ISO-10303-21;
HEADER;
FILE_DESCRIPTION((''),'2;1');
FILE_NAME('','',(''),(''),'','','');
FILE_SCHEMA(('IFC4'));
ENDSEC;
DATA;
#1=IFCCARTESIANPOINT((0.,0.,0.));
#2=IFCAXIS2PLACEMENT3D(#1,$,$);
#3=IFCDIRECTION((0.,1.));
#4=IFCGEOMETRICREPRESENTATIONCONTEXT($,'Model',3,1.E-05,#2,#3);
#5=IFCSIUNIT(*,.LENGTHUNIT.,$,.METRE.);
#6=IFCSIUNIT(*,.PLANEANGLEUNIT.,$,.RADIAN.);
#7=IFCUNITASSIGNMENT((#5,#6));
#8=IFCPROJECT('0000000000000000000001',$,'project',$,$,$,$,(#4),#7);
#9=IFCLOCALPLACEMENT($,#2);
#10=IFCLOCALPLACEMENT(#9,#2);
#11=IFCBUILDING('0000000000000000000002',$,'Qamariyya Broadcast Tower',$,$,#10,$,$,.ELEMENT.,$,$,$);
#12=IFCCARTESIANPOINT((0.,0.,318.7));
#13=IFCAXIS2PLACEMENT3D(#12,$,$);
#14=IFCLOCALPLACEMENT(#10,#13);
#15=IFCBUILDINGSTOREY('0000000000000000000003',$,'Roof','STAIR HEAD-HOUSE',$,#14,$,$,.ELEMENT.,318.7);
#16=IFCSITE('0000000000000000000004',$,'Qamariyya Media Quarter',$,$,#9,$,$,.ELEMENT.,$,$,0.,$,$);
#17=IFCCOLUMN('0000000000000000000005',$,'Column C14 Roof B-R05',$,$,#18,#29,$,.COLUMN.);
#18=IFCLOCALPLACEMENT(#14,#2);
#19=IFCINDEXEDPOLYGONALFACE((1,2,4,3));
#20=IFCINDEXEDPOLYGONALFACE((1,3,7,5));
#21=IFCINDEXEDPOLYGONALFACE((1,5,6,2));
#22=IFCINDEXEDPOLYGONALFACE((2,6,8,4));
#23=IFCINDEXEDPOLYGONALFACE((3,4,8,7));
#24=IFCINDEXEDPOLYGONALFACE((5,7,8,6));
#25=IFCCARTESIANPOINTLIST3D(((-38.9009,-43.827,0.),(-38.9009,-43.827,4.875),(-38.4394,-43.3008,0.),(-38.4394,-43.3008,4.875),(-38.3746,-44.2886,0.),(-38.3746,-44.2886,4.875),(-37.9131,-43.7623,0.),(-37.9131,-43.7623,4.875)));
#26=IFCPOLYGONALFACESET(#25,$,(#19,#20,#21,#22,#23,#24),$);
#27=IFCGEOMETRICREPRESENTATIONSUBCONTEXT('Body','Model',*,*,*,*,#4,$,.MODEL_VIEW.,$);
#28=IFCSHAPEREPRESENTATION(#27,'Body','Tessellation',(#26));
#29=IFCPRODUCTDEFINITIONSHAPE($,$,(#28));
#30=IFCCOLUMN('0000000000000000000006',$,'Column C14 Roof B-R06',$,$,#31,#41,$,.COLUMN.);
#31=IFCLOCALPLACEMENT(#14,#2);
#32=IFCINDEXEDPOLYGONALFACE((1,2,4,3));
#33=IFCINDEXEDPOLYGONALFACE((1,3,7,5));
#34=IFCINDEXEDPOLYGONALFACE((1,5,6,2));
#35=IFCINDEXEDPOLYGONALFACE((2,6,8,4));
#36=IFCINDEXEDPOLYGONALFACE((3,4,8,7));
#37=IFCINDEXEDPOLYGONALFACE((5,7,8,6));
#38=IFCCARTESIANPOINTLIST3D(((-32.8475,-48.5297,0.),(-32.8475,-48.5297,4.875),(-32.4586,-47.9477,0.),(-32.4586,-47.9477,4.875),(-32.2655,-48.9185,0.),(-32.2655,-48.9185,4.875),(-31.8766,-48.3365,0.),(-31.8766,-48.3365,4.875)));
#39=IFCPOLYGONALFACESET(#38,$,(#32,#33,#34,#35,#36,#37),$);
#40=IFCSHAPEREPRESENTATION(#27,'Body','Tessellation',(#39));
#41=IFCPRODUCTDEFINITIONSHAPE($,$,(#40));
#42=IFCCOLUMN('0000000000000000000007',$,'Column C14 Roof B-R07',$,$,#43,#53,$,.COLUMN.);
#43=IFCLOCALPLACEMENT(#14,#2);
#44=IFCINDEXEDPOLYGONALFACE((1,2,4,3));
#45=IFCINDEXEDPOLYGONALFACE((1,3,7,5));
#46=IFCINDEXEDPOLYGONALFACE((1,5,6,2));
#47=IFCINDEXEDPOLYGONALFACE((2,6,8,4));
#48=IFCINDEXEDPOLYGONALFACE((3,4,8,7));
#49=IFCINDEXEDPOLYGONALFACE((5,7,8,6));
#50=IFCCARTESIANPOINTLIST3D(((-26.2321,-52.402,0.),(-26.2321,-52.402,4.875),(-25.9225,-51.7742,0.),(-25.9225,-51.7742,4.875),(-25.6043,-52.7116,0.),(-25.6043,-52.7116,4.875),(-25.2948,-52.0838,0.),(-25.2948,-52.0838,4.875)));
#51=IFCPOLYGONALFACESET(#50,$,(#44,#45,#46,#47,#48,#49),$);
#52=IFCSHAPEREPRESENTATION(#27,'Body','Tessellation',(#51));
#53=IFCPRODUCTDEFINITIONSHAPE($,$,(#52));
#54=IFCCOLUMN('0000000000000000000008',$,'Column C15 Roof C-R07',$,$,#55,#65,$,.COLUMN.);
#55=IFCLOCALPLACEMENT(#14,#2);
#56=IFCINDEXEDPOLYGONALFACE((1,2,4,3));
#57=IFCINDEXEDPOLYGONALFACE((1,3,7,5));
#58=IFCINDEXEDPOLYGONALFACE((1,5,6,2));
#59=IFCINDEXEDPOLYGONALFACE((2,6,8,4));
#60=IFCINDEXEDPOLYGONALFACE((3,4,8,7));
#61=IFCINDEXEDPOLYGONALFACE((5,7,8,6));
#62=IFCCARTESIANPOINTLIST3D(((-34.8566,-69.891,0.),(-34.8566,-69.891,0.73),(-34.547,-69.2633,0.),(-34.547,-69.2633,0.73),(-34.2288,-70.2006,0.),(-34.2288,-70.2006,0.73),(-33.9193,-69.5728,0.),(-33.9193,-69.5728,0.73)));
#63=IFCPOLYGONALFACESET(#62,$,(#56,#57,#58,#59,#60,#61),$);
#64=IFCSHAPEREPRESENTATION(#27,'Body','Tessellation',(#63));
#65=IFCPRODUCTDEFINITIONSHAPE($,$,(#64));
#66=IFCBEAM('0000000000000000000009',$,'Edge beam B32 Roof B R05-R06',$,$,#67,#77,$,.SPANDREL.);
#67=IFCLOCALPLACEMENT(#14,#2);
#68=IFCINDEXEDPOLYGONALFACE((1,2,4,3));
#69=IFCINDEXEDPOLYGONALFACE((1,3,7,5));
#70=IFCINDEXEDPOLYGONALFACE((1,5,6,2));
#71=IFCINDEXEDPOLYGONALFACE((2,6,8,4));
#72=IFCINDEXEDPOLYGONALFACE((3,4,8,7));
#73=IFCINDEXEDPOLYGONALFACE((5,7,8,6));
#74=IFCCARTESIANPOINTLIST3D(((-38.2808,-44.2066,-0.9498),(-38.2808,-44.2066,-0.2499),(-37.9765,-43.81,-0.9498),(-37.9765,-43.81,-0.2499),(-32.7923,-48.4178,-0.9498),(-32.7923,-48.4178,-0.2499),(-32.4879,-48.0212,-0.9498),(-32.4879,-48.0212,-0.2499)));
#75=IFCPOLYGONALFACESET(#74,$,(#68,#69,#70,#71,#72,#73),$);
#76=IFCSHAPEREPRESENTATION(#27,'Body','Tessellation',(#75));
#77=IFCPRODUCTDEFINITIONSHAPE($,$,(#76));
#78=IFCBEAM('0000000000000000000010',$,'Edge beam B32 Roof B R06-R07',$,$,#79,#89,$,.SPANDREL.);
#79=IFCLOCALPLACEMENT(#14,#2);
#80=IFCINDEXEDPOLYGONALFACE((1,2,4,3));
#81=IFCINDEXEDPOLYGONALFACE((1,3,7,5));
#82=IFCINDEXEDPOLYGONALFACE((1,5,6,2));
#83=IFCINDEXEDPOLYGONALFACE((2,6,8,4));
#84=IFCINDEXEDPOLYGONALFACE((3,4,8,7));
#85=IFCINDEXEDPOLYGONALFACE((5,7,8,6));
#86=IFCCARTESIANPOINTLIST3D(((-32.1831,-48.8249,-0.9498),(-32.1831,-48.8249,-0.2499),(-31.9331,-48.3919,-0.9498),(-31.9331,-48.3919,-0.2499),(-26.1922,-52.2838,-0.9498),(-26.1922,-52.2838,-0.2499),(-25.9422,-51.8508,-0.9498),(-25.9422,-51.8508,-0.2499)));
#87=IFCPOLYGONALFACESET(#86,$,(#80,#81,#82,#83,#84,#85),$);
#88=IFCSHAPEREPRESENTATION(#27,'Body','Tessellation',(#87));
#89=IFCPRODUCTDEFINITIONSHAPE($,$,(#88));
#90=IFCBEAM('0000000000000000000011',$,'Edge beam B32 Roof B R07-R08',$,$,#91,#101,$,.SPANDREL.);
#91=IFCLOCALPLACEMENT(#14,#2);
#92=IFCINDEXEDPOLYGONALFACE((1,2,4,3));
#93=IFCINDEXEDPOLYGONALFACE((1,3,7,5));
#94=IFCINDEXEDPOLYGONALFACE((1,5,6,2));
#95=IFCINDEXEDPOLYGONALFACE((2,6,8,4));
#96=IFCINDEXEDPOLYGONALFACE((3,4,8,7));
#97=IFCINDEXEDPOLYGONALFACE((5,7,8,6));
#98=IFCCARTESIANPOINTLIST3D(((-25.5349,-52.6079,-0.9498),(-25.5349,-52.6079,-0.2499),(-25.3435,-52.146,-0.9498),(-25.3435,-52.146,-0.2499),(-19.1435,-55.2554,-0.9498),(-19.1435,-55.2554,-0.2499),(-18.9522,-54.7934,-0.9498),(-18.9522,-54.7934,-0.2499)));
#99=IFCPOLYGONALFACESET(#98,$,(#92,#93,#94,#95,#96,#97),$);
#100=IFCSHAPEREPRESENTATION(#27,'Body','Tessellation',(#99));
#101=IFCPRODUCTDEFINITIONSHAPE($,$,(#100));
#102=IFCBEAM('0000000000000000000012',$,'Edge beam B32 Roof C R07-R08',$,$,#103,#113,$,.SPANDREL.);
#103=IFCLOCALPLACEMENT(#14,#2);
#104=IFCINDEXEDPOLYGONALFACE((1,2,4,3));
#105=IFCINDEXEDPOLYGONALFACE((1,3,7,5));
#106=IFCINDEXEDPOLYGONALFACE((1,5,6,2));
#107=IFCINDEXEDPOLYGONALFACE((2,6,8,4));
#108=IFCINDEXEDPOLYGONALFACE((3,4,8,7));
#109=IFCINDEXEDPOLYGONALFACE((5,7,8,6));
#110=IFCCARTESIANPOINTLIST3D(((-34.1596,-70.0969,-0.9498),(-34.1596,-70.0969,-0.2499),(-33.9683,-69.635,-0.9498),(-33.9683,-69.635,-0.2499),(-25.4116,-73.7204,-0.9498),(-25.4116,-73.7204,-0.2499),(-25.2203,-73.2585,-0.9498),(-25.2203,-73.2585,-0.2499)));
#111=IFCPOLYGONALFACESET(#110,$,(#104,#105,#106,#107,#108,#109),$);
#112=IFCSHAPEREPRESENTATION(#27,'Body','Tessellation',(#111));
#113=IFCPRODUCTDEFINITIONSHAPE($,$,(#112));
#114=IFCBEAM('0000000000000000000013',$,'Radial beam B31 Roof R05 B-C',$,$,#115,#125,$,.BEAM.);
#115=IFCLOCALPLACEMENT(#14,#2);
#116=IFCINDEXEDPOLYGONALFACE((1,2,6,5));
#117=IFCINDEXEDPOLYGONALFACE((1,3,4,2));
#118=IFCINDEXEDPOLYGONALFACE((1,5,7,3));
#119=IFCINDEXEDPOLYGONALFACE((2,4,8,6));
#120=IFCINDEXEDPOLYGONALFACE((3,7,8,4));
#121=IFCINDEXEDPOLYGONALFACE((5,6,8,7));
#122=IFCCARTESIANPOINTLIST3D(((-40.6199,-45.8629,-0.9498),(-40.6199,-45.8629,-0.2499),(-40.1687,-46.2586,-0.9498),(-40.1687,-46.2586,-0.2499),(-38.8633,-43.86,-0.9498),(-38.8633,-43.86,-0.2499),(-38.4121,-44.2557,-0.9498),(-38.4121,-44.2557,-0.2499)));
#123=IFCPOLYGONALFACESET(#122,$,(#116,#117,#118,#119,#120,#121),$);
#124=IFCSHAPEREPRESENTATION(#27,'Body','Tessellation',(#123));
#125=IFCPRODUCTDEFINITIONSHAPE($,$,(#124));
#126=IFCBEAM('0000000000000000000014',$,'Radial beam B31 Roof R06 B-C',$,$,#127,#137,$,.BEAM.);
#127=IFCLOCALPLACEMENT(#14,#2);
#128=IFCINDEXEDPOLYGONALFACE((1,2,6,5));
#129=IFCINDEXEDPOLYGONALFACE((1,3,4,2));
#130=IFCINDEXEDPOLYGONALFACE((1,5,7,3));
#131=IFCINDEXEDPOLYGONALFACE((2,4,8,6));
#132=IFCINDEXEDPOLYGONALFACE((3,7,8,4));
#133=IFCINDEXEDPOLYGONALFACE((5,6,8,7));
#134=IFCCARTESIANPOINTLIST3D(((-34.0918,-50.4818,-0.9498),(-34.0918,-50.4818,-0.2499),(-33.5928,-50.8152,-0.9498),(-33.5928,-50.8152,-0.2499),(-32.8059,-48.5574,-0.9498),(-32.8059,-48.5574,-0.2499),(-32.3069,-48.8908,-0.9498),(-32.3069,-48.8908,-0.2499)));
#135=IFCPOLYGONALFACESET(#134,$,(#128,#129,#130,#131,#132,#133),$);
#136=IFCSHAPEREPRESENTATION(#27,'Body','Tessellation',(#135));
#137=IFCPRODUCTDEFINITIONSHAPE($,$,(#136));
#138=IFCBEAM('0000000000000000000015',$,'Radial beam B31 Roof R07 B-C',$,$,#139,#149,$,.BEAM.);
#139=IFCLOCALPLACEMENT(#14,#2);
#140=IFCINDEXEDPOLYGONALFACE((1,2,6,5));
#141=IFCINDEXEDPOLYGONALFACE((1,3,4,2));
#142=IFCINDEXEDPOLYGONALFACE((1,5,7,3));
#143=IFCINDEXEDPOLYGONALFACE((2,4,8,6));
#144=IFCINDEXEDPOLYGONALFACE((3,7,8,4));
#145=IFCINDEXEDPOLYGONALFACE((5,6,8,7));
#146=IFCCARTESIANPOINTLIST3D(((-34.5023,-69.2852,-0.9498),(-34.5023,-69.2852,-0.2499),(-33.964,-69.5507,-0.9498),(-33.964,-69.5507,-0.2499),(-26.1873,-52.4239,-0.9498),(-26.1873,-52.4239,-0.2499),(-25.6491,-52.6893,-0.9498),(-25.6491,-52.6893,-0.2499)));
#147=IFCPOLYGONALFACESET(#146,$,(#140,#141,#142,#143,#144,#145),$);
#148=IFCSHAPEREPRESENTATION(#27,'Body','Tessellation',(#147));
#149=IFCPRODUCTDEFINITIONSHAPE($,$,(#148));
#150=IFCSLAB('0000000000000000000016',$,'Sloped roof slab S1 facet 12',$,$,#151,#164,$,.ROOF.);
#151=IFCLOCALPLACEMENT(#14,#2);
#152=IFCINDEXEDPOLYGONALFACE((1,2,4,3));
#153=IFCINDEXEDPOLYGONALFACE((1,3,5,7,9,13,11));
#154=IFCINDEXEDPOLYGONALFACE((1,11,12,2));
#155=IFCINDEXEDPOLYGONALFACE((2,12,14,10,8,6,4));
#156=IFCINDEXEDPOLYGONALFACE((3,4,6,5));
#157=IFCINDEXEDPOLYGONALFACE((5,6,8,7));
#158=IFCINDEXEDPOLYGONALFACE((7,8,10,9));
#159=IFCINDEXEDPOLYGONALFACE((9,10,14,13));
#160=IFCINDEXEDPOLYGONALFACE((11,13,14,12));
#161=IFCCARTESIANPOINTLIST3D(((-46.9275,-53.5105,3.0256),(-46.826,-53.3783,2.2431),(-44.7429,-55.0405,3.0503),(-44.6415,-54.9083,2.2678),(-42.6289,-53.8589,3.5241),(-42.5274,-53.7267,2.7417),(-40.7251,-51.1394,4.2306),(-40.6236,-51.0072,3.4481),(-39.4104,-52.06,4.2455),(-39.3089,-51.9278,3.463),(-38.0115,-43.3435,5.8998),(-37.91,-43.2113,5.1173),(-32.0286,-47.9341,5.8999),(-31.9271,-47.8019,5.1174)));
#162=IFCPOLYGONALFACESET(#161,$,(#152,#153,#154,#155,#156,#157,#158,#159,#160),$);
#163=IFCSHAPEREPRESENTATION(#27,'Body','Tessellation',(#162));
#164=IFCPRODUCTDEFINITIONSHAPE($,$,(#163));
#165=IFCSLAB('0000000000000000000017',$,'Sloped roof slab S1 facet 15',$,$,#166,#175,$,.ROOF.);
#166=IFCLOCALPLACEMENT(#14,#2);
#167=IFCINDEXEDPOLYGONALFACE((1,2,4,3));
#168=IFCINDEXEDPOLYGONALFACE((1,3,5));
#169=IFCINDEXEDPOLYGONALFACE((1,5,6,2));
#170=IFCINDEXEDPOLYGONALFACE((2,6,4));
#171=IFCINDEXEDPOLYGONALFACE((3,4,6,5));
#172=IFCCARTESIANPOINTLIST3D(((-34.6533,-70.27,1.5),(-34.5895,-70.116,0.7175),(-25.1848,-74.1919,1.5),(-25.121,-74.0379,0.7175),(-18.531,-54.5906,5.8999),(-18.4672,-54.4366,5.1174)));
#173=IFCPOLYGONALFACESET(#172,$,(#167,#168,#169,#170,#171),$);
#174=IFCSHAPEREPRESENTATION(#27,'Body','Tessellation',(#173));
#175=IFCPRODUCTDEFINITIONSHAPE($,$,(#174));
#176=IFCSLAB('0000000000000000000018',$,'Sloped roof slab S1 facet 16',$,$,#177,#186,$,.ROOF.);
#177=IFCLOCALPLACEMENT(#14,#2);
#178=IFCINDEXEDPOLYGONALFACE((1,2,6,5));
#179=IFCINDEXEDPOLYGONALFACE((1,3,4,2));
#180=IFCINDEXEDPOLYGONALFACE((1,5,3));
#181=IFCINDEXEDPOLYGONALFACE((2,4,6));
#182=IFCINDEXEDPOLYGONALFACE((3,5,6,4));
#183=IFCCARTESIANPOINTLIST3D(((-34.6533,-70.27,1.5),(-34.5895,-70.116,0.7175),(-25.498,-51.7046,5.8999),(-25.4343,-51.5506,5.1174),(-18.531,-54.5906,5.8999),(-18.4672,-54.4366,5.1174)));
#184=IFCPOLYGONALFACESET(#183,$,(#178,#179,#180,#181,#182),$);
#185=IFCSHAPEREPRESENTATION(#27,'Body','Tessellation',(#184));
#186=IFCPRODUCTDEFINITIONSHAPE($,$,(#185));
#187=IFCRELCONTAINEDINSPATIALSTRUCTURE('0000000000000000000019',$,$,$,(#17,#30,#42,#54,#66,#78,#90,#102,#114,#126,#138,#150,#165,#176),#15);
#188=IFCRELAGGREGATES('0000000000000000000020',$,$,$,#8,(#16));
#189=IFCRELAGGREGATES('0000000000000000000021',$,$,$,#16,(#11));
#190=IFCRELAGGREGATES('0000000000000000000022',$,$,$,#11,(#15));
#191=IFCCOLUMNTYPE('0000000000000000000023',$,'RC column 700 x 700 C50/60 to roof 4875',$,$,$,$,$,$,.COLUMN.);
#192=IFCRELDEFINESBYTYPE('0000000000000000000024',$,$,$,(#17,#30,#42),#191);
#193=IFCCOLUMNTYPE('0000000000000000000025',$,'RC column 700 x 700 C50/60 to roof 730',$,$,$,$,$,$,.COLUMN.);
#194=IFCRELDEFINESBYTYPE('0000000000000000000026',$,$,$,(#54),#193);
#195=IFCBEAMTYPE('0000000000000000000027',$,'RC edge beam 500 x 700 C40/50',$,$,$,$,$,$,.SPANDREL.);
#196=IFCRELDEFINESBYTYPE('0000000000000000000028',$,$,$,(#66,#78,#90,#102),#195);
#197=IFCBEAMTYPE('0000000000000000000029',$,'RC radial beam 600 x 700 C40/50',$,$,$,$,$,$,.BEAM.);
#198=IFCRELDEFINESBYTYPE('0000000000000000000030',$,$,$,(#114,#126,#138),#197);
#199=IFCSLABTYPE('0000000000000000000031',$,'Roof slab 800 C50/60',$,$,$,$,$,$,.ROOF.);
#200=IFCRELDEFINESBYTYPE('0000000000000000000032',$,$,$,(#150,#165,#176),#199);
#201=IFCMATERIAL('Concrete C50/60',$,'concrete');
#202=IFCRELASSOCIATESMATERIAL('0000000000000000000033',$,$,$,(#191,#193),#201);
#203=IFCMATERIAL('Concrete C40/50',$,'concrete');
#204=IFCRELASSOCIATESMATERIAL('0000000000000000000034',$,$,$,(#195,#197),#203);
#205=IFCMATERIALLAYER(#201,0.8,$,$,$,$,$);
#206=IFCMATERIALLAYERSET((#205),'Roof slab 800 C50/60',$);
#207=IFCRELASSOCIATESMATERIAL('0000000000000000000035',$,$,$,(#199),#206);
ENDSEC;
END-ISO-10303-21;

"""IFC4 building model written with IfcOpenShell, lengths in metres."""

from ifc_helpers import new_model, si_unit, direction, frame, origin, origin_2d, place, context, subcontext, project, spatial, polyline, rectangle, outline, extrude, material, layer, layer_set, material_profile, profile_set, type_object, element, save


model = new_model("IFC4")

# Units and contexts
model_context = context("Model", 3, precision=1e-05, world=origin(), true_north=direction((0.0, 1.0)))
body_context = subcontext(model_context, "Body", "Model", "MODEL_VIEW")
ifc_project = project(units=[si_unit("LENGTHUNIT", "METRE"), si_unit("PLANEANGLEUNIT", "RADIAN")], contexts=[model_context])

# Site, building, storey
site_placement = place(None, origin())
site = spatial("IfcSite", under=ifc_project, at=site_placement, Name="Qamariyya Media Quarter", CompositionType="ELEMENT", RefElevation=0.0)
building_placement = place(site_placement, origin())
building = spatial("IfcBuilding", under=site, at=building_placement, Name="Qamariyya Broadcast Tower", CompositionType="ELEMENT")
storey_placement = place(building_placement, frame((0.0, 0.0, 318.7)))
storey = spatial("IfcBuildingStorey", under=building, at=storey_placement, Name="Roof", Description="STAIR HEAD-HOUSE", CompositionType="ELEMENT", Elevation=318.7)

# Columns
ifc_material_1 = material(Name="Concrete C50/60", Category="concrete")
ifc_material_profile_1 = material_profile(ifc_material_1, rectangle(XDim=0.7, YDim=0.7, at=origin_2d()))
ifc_profile_set_1 = profile_set([ifc_material_profile_1], Name="Concrete C50/60")
column_type_1 = type_object("IfcColumnType", Name="RC column 700 x 700 C50/60 to roof 4875", PredefinedType="COLUMN", material=ifc_profile_set_1)
for number, where, z_axis, x_axis, name in (
    (1, (-38.407, -43.7947, 0.0), (0.0, 0.0, 1.0), (0.75184, -0.659346, 0.0), "Column C14 Roof B-R05"),
    (2, (-32.3621, -48.4331, 0.0), (0.0, 0.0, 1.0), (0.83147, -0.55557, 0.0), "Column C14 Roof B-R06"),
    (3, (-25.7634, -52.2429, 0.0), (0.0, 0.0, 1.0), (0.896873, -0.442289, 0.0), "Column C14 Roof B-R07"),
):
    element("IfcColumn", number, at=place(storey_placement, frame(where, z_axis=z_axis, x_axis=x_axis)), inside=storey, type_object=column_type_1, Name=name, PredefinedType="COLUMN", context=body_context, shape_type="SweptSolid", body=[
        extrude(rectangle(XDim=0.7, YDim=0.7, at=origin_2d()), origin(), (0.0, 0.0, 1.0), 4.875),
    ])
ifc_material_profile_2 = material_profile(ifc_material_1, rectangle(XDim=0.7, YDim=0.7, at=origin_2d()))
ifc_profile_set_2 = profile_set([ifc_material_profile_2], Name="Concrete C50/60")
column_type_2 = type_object("IfcColumnType", Name="RC column 700 x 700 C50/60 to roof 730", PredefinedType="COLUMN", material=ifc_profile_set_2)
column_placement = place(storey_placement, frame((-34.3879, -69.7319, 0.0), z_axis=(0.0, 0.0, 1.0), x_axis=(0.896873, -0.442289, 0.0)))
element("IfcColumn", 4, at=column_placement, inside=storey, type_object=column_type_2, Name="Column C15 Roof C-R07", PredefinedType="COLUMN", context=body_context, shape_type="SweptSolid", body=[
    extrude(rectangle(XDim=0.7, YDim=0.7, at=origin_2d()), origin(), (0.0, 0.0, 1.0), 0.73),
])

# Beams
ifc_material_2 = material(Name="Concrete C40/50", Category="concrete")
ifc_material_profile_3 = material_profile(ifc_material_2, rectangle(XDim=0.5, YDim=0.7, at=origin_2d()))
ifc_profile_set_3 = profile_set([ifc_material_profile_3], Name="Concrete C40/50")
beam_type_1 = type_object("IfcBeamType", Name="RC edge beam 500 x 700 C40/50", PredefinedType="SPANDREL", material=ifc_profile_set_3)
beam_1_placement = place(storey_placement, frame((-38.1287, -44.0083, -0.5999), z_axis=(0.793375, -0.608733, 0.0), x_axis=(0.608733, 0.793375, 0.0)))
element("IfcBeam", 5, at=beam_1_placement, inside=storey, type_object=beam_type_1, Name="Edge beam B32 Roof B R05-R06", PredefinedType="SPANDREL", context=body_context, shape_type="SweptSolid", body=[
    extrude(rectangle(XDim=0.5, YDim=0.7, at=origin_2d()), origin(), (0.0, 0.0, 1.0), 6.918),
])
beam_2_placement = place(storey_placement, frame((-32.0581, -48.6084, -0.5999), z_axis=(0.866019, -0.500011, 0.0), x_axis=(0.500011, 0.866019, 0.0)))
element("IfcBeam", 6, at=beam_2_placement, inside=storey, type_object=beam_type_1, Name="Edge beam B32 Roof B R06-R07", PredefinedType="SPANDREL", context=body_context, shape_type="SweptSolid", body=[
    extrude(rectangle(XDim=0.5, YDim=0.7, at=origin_2d()), origin(), (0.0, 0.0, 1.0), 6.9177),
])
beam_3_placement = place(storey_placement, frame((-25.4392, -52.377, -0.5999), z_axis=(0.923876, -0.382693, 0.0), x_axis=(0.382693, 0.923876, 0.0)))
element("IfcBeam", 7, at=beam_3_placement, inside=storey, type_object=beam_type_1, Name="Edge beam B32 Roof B R07-R08", PredefinedType="SPANDREL", context=body_context, shape_type="SweptSolid", body=[
    extrude(rectangle(XDim=0.5, YDim=0.7, at=origin_2d()), origin(), (0.0, 0.0, 1.0), 6.918),
])
beam_4_placement = place(storey_placement, frame((-34.064, -69.866, -0.5999), z_axis=(0.92388, -0.382681, 0.0), x_axis=(0.382681, 0.92388, 0.0)))
element("IfcBeam", 8, at=beam_4_placement, inside=storey, type_object=beam_type_1, Name="Edge beam B32 Roof C R07-R08", PredefinedType="SPANDREL", context=body_context, shape_type="SweptSolid", body=[
    extrude(rectangle(XDim=0.5, YDim=0.7, at=origin_2d()), origin(), (0.0, 0.0, 1.0), 9.4688),
])
ifc_material_profile_4 = material_profile(ifc_material_2, rectangle(XDim=0.6001, YDim=0.7, at=origin_2d()))
ifc_profile_set_4 = profile_set([ifc_material_profile_4], Name="Concrete C40/50")
beam_type_2 = type_object("IfcBeamType", Name="RC radial beam 600 x 700 C40/50", PredefinedType="BEAM", material=ifc_profile_set_4)
beam_5_placement = place(storey_placement, frame((-38.6377, -44.0579, -0.5999), z_axis=(-0.659361, -0.751827, 0.0), x_axis=(0.751827, -0.659361, 0.0)))
element("IfcBeam", 9, at=beam_5_placement, inside=storey, type_object=beam_type_2, Name="Radial beam B31 Roof R05 B-C", PredefinedType="BEAM", context=body_context, shape_type="SweptSolid", body=[
    extrude(rectangle(XDim=0.6001, YDim=0.7, at=origin_2d()), origin(), (0.0, 0.0, 1.0), 2.6641),
])
beam_6_placement = place(storey_placement, frame((-32.5564, -48.7241, -0.5999), z_axis=(-0.555601, -0.831449, 0.0), x_axis=(0.831449, -0.555601, 0.0)))
element("IfcBeam", 10, at=beam_6_placement, inside=storey, type_object=beam_type_2, Name="Radial beam B31 Roof R06 B-C", PredefinedType="BEAM", context=body_context, shape_type="SweptSolid", body=[
    extrude(rectangle(XDim=0.6001, YDim=0.7, at=origin_2d()), origin(), (0.0, 0.0, 1.0), 2.3145),
])
beam_7_placement = place(storey_placement, frame((-25.9182, -52.5566, -0.5999), z_axis=(-0.442282, -0.896876, 0.0), x_axis=(0.896876, -0.442282, 0.0)))
element("IfcBeam", 11, at=beam_7_placement, inside=storey, type_object=beam_type_2, Name="Radial beam B31 Roof R07 B-C", PredefinedType="BEAM", context=body_context, shape_type="SweptSolid", body=[
    extrude(rectangle(XDim=0.6001, YDim=0.7, at=origin_2d()), origin(), (0.0, 0.0, 1.0), 18.8),
])

# Slabs
ifc_layer_1 = layer(ifc_material_1, 0.8)
ifc_layer_set_1 = layer_set([ifc_layer_1], Name="Roof slab 800 C50/60")
slab_type = type_object("IfcSlabType", Name="Roof slab 800 C50/60", PredefinedType="ROOF", material=ifc_layer_set_1)
slab_1_placement = place(storey_placement, frame((-32.0286, -47.9341, 5.8999), z_axis=(-0.126827, -0.165274, 0.978059), x_axis=(-0.793369, 0.608741, -0.000012)))
element("IfcSlab", 12, at=slab_1_placement, inside=storey, type_object=slab_type, Name="Sloped roof slab S1 facet 12", PredefinedType="ROOF", context=body_context, shape_type="SweptSolid", body=[
    extrude(outline(polyline([(0.0, 0.0), (7.5411, 0.0), (8.4258, 13.7964), (5.7612, 13.6779), (4.8033, 11.4036), (4.9484, 8.0127), (3.3449, 7.9413), (0.0, 0.0)])), origin(), (0.0, 0.0, -1.0), 0.8),
])
slab_2_placement = place(storey_placement, frame((-34.6533, -70.27, 1.5), z_axis=(-0.079726, -0.192481, 0.978057), x_axis=(0.923883, -0.382674, 0.0)))
element("IfcSlab", 13, at=slab_2_placement, inside=storey, type_object=slab_type, Name="Sloped roof slab S1 facet 15", PredefinedType="ROOF", context=body_context, shape_type="SweptSolid", body=[
    extrude(outline(polyline([(0.0, 0.0), (10.2486, 0.0), (8.895, 21.119), (0.0, 0.0)])), origin(), (0.0, 0.0, -1.0), 0.8),
])
slab_3_placement = place(storey_placement, frame((-34.6533, -70.27, 1.5), z_axis=(-0.07973, -0.192476, 0.978057), x_axis=(0.703546, 0.68422, 0.192003)))
element("IfcSlab", 14, at=slab_3_placement, inside=storey, type_object=slab_type, Name="Sloped roof slab S1 facet 16", PredefinedType="ROOF", context=body_context, shape_type="SweptSolid", body=[
    extrude(outline(polyline([(0.0, 0.0), (22.9158, 0.0), (19.9888, 6.9499), (0.0, 0.0)])), origin(), (0.0, 0.0, -1.0), 0.8),
])

save(model, "model.ifc")
